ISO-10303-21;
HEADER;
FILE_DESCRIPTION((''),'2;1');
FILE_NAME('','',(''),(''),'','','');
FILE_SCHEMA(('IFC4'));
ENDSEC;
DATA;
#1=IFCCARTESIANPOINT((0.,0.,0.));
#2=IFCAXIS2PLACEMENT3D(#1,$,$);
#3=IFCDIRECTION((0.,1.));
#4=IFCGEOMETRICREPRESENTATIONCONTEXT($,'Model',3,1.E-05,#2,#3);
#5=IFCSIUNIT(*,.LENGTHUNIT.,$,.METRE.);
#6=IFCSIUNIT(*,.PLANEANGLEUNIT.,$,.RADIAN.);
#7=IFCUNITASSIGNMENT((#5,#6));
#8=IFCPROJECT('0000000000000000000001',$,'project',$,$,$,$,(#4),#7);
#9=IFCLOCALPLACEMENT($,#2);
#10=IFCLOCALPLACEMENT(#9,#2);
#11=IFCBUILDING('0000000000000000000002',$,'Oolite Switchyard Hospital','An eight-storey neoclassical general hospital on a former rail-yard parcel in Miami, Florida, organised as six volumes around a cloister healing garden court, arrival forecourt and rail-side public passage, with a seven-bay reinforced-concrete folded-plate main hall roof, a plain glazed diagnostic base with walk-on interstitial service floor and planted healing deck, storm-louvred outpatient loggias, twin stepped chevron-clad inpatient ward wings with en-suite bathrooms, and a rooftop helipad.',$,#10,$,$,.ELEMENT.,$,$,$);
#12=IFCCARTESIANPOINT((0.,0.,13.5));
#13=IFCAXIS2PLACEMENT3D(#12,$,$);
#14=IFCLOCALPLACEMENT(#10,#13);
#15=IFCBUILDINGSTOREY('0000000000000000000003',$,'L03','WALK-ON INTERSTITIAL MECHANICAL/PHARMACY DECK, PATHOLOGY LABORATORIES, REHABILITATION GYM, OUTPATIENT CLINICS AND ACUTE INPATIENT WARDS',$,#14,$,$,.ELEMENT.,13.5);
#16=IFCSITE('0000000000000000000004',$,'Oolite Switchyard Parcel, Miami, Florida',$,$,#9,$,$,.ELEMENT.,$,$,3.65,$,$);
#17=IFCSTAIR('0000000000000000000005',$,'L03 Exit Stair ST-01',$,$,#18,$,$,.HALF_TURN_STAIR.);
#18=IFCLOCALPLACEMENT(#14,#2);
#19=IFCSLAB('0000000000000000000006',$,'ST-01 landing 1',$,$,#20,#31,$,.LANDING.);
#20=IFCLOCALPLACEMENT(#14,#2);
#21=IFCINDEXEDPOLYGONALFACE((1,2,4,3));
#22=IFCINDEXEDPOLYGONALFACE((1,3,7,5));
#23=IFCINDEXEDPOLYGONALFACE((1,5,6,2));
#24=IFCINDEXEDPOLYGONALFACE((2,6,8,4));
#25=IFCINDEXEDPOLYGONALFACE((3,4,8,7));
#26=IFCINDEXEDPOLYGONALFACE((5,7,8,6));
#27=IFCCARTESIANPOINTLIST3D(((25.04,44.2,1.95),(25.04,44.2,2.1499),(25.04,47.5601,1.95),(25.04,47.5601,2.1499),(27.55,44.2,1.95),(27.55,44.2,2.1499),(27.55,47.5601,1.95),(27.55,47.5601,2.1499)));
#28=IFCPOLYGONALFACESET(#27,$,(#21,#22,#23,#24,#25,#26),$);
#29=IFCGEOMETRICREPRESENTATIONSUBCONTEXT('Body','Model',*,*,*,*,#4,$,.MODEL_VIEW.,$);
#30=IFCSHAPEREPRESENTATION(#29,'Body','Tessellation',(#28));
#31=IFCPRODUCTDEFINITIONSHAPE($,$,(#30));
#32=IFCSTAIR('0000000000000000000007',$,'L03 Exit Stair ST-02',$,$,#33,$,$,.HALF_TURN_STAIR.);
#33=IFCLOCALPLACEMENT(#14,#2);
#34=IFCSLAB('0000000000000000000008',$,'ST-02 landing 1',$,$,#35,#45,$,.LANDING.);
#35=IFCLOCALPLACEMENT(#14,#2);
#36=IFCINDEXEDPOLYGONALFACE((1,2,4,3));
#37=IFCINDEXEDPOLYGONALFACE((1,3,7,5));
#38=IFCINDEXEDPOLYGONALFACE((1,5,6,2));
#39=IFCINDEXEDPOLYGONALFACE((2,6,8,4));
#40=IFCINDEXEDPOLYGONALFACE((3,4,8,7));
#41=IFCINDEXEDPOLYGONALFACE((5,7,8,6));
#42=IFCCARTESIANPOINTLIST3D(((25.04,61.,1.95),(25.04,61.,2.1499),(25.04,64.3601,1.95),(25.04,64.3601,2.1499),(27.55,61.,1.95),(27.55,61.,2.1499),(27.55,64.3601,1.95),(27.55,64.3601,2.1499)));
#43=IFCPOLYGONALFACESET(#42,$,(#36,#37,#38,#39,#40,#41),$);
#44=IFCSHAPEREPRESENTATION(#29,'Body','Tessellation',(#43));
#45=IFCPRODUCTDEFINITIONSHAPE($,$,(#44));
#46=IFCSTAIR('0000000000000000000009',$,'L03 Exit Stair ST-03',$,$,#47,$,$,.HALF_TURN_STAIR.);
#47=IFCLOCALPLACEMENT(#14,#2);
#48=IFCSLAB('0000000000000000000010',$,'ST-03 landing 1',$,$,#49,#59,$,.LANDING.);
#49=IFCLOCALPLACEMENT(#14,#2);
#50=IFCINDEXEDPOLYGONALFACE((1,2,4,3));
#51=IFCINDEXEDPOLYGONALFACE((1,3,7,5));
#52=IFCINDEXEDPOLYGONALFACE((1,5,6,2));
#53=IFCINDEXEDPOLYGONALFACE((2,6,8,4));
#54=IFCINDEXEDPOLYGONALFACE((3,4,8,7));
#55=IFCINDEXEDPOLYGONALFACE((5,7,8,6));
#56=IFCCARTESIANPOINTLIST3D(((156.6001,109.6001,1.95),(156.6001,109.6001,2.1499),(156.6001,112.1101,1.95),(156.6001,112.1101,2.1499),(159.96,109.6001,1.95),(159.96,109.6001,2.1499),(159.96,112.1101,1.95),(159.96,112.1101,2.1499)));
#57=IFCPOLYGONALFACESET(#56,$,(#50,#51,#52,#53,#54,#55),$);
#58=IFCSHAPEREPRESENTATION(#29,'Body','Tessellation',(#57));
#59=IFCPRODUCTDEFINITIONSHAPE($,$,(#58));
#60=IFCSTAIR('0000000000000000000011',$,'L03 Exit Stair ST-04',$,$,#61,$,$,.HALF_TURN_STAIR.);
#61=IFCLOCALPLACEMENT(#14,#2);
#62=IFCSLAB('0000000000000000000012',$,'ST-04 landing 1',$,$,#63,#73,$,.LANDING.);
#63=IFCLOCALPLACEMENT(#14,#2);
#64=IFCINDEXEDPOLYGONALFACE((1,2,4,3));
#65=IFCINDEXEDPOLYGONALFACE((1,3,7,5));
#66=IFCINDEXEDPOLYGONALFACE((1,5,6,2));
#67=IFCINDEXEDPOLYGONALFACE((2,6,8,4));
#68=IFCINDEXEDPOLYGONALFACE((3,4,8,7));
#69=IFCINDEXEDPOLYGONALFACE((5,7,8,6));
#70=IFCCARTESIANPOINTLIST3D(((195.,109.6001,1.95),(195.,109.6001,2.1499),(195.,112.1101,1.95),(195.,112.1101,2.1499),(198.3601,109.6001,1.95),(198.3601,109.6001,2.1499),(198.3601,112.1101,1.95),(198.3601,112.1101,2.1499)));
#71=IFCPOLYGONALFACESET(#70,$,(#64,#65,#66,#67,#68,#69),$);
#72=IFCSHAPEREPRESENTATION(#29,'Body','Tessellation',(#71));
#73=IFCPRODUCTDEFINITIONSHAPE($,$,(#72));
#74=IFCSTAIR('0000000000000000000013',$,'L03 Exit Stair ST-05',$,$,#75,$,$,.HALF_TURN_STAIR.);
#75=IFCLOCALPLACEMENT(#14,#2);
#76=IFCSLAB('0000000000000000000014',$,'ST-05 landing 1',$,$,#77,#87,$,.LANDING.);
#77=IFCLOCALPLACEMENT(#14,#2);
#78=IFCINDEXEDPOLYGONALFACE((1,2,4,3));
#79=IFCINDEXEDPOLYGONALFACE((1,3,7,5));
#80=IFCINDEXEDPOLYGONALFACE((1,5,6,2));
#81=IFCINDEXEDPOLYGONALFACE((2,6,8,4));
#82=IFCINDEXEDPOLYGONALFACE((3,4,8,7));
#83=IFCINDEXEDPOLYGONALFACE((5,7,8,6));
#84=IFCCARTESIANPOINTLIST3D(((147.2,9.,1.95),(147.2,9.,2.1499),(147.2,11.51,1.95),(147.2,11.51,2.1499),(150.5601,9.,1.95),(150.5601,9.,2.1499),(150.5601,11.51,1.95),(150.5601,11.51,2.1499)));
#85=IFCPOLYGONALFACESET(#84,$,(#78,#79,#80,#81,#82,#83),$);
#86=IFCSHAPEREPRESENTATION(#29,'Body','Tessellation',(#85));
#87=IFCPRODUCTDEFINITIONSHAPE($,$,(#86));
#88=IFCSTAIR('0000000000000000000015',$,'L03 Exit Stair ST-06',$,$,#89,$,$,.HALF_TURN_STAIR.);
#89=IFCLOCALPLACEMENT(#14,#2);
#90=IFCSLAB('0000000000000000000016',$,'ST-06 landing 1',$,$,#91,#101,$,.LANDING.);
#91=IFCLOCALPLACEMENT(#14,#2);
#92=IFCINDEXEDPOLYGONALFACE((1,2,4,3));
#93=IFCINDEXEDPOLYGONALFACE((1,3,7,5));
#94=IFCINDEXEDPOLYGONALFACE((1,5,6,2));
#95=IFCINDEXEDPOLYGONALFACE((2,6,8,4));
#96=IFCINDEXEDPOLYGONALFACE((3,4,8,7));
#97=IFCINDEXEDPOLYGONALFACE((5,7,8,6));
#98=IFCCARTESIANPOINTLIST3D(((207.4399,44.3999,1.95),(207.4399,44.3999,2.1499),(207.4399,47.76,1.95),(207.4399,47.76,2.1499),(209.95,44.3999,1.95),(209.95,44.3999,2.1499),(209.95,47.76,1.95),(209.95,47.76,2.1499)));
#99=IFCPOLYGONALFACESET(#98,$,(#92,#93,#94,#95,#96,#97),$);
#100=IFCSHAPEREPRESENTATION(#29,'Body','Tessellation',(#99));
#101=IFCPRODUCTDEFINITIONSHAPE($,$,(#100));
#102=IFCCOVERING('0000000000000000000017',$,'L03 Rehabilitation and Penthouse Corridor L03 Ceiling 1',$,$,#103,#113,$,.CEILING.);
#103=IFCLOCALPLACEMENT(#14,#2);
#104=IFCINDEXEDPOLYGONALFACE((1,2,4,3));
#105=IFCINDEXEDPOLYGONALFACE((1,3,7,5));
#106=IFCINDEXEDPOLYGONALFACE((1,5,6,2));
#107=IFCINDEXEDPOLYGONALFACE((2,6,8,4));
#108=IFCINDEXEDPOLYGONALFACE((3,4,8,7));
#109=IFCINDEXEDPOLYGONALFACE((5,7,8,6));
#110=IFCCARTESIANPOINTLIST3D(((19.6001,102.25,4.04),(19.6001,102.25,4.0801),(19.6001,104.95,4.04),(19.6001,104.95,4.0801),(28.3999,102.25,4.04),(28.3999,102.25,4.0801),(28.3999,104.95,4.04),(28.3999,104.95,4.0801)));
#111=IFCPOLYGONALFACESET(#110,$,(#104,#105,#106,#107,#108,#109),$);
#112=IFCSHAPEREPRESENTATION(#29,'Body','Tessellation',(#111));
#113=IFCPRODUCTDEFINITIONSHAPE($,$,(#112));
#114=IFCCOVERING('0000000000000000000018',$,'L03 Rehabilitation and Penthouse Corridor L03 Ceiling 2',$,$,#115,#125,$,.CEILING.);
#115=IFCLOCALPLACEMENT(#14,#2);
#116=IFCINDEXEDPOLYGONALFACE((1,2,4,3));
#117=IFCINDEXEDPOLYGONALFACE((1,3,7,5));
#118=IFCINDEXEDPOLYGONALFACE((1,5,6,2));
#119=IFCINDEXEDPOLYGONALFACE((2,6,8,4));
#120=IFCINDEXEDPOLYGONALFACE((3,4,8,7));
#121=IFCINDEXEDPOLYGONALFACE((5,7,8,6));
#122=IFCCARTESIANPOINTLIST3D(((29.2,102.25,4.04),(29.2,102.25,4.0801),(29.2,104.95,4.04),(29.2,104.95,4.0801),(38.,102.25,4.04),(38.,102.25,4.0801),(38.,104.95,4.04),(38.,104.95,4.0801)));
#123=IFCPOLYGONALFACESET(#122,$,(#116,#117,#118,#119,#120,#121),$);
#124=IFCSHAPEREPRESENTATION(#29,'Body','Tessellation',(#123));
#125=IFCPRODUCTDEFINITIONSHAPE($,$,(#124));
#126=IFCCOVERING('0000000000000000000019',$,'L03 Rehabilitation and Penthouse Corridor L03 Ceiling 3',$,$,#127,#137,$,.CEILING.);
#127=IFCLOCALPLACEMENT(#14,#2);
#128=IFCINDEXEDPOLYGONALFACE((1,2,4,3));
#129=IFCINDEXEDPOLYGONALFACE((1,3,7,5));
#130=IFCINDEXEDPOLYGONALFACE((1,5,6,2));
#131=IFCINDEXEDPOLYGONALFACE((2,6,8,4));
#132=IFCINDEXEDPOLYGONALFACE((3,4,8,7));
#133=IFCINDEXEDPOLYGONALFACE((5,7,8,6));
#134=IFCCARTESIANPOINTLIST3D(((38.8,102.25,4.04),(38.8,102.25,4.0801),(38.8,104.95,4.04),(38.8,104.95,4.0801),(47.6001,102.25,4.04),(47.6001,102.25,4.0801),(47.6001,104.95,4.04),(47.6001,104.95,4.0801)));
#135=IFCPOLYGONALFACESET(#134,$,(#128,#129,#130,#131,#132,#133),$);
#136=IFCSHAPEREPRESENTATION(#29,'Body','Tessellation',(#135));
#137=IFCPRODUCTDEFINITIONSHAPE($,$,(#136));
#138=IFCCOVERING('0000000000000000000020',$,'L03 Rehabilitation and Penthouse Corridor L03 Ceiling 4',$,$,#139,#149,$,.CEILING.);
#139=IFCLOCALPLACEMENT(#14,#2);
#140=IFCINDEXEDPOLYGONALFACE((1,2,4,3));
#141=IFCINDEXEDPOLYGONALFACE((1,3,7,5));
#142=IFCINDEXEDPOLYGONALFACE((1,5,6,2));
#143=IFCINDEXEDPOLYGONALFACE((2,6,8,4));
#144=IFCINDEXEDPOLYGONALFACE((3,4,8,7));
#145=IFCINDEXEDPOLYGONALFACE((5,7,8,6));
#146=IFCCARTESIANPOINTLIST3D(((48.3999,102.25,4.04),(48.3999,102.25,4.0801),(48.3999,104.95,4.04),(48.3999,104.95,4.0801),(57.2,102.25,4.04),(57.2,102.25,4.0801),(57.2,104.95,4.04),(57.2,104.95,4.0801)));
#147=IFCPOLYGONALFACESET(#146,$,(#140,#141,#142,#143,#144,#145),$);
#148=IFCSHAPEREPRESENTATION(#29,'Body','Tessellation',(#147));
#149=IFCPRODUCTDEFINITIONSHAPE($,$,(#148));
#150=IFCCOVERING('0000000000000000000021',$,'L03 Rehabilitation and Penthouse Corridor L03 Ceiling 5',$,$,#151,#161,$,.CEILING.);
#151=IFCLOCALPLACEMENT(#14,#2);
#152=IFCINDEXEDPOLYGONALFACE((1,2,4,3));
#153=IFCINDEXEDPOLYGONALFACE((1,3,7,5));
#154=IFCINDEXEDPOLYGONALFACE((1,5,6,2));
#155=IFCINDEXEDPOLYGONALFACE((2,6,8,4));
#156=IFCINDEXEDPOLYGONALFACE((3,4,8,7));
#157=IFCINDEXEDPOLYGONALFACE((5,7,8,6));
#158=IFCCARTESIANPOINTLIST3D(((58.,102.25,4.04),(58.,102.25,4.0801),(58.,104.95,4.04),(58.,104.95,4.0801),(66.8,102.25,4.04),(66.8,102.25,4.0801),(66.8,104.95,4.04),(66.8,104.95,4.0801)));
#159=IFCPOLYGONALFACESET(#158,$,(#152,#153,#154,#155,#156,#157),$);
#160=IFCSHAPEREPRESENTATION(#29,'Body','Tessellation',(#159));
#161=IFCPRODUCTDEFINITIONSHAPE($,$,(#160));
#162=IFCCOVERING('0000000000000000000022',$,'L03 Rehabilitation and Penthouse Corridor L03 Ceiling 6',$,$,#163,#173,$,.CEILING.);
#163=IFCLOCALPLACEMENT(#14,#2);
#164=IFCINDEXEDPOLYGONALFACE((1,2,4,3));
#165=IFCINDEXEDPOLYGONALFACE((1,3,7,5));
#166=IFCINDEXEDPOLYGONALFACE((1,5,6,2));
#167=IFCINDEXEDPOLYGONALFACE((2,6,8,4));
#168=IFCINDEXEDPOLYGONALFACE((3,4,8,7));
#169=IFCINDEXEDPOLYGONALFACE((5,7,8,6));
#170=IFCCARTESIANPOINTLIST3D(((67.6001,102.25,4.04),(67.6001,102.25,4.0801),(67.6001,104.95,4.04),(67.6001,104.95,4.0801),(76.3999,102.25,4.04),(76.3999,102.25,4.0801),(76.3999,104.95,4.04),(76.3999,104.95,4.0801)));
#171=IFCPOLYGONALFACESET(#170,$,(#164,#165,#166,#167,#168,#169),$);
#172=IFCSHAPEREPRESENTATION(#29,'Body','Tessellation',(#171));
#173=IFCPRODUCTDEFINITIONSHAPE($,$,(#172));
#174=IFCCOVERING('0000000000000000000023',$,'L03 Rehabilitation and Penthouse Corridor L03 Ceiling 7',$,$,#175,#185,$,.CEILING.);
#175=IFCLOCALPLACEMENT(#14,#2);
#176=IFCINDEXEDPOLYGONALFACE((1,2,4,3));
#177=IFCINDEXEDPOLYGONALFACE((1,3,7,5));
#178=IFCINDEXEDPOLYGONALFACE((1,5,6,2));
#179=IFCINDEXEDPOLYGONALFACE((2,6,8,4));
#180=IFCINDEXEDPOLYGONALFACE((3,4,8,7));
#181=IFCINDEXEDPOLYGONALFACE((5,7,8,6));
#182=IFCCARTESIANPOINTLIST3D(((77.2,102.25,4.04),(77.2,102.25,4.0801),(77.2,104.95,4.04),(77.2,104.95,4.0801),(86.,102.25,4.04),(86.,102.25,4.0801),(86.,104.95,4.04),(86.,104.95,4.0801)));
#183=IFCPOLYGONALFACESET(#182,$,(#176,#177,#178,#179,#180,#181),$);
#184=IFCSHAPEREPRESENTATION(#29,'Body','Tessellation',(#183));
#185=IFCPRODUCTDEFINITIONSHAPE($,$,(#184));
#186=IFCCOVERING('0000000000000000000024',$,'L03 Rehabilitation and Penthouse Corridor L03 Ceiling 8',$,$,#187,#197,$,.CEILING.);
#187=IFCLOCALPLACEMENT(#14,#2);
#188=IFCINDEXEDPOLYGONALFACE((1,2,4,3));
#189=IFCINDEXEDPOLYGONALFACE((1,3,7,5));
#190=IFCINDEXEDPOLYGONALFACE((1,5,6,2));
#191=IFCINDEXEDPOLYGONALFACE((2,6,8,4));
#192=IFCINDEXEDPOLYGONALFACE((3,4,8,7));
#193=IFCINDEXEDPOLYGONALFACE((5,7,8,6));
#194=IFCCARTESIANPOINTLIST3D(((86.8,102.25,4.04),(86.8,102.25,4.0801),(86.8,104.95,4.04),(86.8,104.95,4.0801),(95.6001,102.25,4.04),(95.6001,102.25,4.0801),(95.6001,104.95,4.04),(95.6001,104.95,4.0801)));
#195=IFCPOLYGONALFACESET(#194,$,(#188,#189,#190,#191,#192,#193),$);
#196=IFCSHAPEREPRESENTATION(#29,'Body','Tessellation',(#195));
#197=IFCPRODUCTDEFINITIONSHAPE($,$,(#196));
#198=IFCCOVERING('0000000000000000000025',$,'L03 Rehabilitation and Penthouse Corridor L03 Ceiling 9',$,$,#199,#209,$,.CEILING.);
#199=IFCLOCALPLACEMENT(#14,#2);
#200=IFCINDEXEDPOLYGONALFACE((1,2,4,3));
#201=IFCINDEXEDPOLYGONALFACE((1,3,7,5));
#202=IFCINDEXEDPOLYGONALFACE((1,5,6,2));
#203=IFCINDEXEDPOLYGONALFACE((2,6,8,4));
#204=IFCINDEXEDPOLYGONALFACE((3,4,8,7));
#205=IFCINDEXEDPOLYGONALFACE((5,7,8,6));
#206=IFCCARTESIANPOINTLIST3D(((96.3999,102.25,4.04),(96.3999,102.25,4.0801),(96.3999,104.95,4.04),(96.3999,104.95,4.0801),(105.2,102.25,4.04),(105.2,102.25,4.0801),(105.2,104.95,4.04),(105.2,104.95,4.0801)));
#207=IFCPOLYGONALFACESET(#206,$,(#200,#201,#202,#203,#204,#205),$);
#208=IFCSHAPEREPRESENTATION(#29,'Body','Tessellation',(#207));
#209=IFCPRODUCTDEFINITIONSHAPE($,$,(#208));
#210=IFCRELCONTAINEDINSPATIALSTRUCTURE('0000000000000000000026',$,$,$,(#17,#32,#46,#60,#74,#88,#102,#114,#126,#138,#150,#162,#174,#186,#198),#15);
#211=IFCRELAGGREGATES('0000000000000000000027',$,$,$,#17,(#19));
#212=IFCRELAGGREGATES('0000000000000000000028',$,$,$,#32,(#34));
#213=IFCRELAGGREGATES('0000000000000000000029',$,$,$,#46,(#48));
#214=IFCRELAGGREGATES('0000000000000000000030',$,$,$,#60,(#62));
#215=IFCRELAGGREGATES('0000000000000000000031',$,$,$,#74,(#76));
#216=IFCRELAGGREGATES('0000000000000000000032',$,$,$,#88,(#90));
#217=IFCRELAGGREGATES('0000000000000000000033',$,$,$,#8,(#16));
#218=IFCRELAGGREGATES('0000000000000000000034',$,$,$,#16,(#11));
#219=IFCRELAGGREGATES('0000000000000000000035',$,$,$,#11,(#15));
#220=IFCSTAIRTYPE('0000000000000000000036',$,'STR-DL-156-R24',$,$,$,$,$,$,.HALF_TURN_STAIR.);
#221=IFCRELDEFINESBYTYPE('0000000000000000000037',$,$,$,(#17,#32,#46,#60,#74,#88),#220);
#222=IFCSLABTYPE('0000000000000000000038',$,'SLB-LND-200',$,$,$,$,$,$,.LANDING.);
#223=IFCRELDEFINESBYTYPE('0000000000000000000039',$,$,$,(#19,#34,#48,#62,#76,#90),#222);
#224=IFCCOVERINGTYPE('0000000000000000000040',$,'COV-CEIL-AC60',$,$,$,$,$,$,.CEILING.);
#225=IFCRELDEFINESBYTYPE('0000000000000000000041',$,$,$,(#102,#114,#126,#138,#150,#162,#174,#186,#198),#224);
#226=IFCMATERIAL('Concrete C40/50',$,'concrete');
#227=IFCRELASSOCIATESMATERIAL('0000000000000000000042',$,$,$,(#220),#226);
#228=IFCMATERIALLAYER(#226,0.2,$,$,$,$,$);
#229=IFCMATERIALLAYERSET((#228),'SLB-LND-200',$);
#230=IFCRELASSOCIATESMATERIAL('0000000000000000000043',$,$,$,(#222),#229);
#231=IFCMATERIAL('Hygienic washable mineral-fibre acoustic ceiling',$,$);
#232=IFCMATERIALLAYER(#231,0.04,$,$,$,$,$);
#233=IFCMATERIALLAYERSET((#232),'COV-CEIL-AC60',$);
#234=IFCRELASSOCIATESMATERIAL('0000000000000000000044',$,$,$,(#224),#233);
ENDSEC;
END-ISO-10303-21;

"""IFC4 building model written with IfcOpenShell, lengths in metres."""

from ifc_helpers import new_model, si_unit, direction, frame, origin, place, context, subcontext, project, spatial, polyline, outline, extrude, material, layer, layer_set, type_object, element, aggregate, save


model = new_model("IFC4")

# Units and contexts
model_context = context("Model", 3, precision=1e-05, world=origin(), true_north=direction((0.0, 1.0)))
body_context = subcontext(model_context, "Body", "Model", "MODEL_VIEW")
ifc_project = project(units=[si_unit("LENGTHUNIT", "METRE"), si_unit("PLANEANGLEUNIT", "RADIAN")], contexts=[model_context])

# Site, building, storey
site_placement = place(None, origin())
site = spatial("IfcSite", under=ifc_project, at=site_placement, Name="Oolite Switchyard Parcel, Miami, Florida", CompositionType="ELEMENT", RefElevation=3.65)
building_placement = place(site_placement, origin())
building = spatial("IfcBuilding", under=site, at=building_placement, Name="Oolite Switchyard Hospital", Description="An eight-storey neoclassical general hospital on a former rail-yard parcel in Miami, Florida, organised as six volumes around a cloister healing garden court, arrival forecourt and rail-side public passage, with a seven-bay reinforced-concrete folded-plate main hall roof, a plain glazed diagnostic base with walk-on interstitial service floor and planted healing deck, storm-louvred outpatient loggias, twin stepped chevron-clad inpatient ward wings with en-suite bathrooms, and a rooftop helipad.", CompositionType="ELEMENT")
storey_placement = place(building_placement, frame((0.0, 0.0, 13.5)))
storey = spatial("IfcBuildingStorey", under=building, at=storey_placement, Name="L03", Description="WALK-ON INTERSTITIAL MECHANICAL/PHARMACY DECK, PATHOLOGY LABORATORIES, REHABILITATION GYM, OUTPATIENT CLINICS AND ACUTE INPATIENT WARDS", CompositionType="ELEMENT", Elevation=13.5)

# Stairs, slabs
ifc_material_1 = material(Name="Concrete C40/50", Category="concrete")
stair_type = type_object("IfcStairType", Name="STR-DL-156-R24", PredefinedType="HALF_TURN_STAIR", material=ifc_material_1)
stair_1_placement = place(storey_placement, origin())
stair_1 = element("IfcStair", 1, at=stair_1_placement, inside=storey, type_object=stair_type, Name="L03 Exit Stair ST-01", PredefinedType="HALF_TURN_STAIR")
ifc_layer_1 = layer(ifc_material_1, 0.2)
ifc_layer_set_1 = layer_set([ifc_layer_1], Name="SLB-LND-200")
slab_type = type_object("IfcSlabType", Name="SLB-LND-200", PredefinedType="LANDING", material=ifc_layer_set_1)
slab_1_placement = place(storey_placement, frame((0.0, 0.0, 1.95)))
slab_1 = element("IfcSlab", 2, at=slab_1_placement, type_object=slab_type, Name="ST-01 landing 1", PredefinedType="LANDING", context=body_context, shape_type="SweptSolid", body=[
    extrude(outline(polyline([(25.04, 44.2), (27.55, 44.2), (27.55, 47.5601), (25.04, 47.5601), (25.04, 44.2)])), origin(), (0.0, 0.0, 1.0), 0.2),
])
aggregate(stair_1, [slab_1])
stair_2_placement = place(storey_placement, origin())
stair_2 = element("IfcStair", 3, at=stair_2_placement, inside=storey, type_object=stair_type, Name="L03 Exit Stair ST-02", PredefinedType="HALF_TURN_STAIR")
slab_2_placement = place(storey_placement, frame((0.0, 0.0, 1.95)))
slab_2 = element("IfcSlab", 4, at=slab_2_placement, type_object=slab_type, Name="ST-02 landing 1", PredefinedType="LANDING", context=body_context, shape_type="SweptSolid", body=[
    extrude(outline(polyline([(25.04, 61.0), (27.55, 61.0), (27.55, 64.3601), (25.04, 64.3601), (25.04, 61.0)])), origin(), (0.0, 0.0, 1.0), 0.2),
])
aggregate(stair_2, [slab_2])
stair_3_placement = place(storey_placement, origin())
stair_3 = element("IfcStair", 5, at=stair_3_placement, inside=storey, type_object=stair_type, Name="L03 Exit Stair ST-03", PredefinedType="HALF_TURN_STAIR")
slab_3_placement = place(storey_placement, frame((0.0, 0.0, 1.95)))
slab_3 = element("IfcSlab", 6, at=slab_3_placement, type_object=slab_type, Name="ST-03 landing 1", PredefinedType="LANDING", context=body_context, shape_type="SweptSolid", body=[
    extrude(outline(polyline([(156.6001, 112.1101), (156.6001, 109.6001), (159.96, 109.6001), (159.96, 112.1101), (156.6001, 112.1101)])), origin(), (0.0, 0.0, 1.0), 0.2),
])
aggregate(stair_3, [slab_3])
stair_4_placement = place(storey_placement, origin())
stair_4 = element("IfcStair", 7, at=stair_4_placement, inside=storey, type_object=stair_type, Name="L03 Exit Stair ST-04", PredefinedType="HALF_TURN_STAIR")
slab_4_placement = place(storey_placement, frame((0.0, 0.0, 1.95)))
slab_4 = element("IfcSlab", 8, at=slab_4_placement, type_object=slab_type, Name="ST-04 landing 1", PredefinedType="LANDING", context=body_context, shape_type="SweptSolid", body=[
    extrude(outline(polyline([(195.0, 112.1101), (195.0, 109.6001), (198.3601, 109.6001), (198.3601, 112.1101), (195.0, 112.1101)])), origin(), (0.0, 0.0, 1.0), 0.2),
])
aggregate(stair_4, [slab_4])
stair_5_placement = place(storey_placement, origin())
stair_5 = element("IfcStair", 9, at=stair_5_placement, inside=storey, type_object=stair_type, Name="L03 Exit Stair ST-05", PredefinedType="HALF_TURN_STAIR")
slab_5_placement = place(storey_placement, frame((0.0, 0.0, 1.95)))
slab_5 = element("IfcSlab", 10, at=slab_5_placement, type_object=slab_type, Name="ST-05 landing 1", PredefinedType="LANDING", context=body_context, shape_type="SweptSolid", body=[
    extrude(outline(polyline([(147.2, 11.51), (147.2, 9.0), (150.5601, 9.0), (150.5601, 11.51), (147.2, 11.51)])), origin(), (0.0, 0.0, 1.0), 0.2),
])
aggregate(stair_5, [slab_5])
stair_6_placement = place(storey_placement, origin())
stair_6 = element("IfcStair", 11, at=stair_6_placement, inside=storey, type_object=stair_type, Name="L03 Exit Stair ST-06", PredefinedType="HALF_TURN_STAIR")
slab_6_placement = place(storey_placement, frame((0.0, 0.0, 1.95)))
slab_6 = element("IfcSlab", 12, at=slab_6_placement, type_object=slab_type, Name="ST-06 landing 1", PredefinedType="LANDING", context=body_context, shape_type="SweptSolid", body=[
    extrude(outline(polyline([(207.4399, 44.3999), (209.95, 44.3999), (209.95, 47.76), (207.4399, 47.76), (207.4399, 44.3999)])), origin(), (0.0, 0.0, 1.0), 0.2),
])
aggregate(stair_6, [slab_6])

# Coverings
ifc_material_2 = material(Name="Hygienic washable mineral-fibre acoustic ceiling")
ifc_layer_2 = layer(ifc_material_2, 0.04)
ifc_layer_set_2 = layer_set([ifc_layer_2], Name="COV-CEIL-AC60")
covering_type_1 = type_object("IfcCoveringType", Name="COV-CEIL-AC60", PredefinedType="CEILING", material=ifc_layer_set_2)
covering_1_placement = place(storey_placement, frame((0.0, 0.0, 4.04)))
element("IfcCovering", 13, at=covering_1_placement, inside=storey, type_object=covering_type_1, Name="L03 Rehabilitation and Penthouse Corridor L03 Ceiling 1", PredefinedType="CEILING", context=body_context, shape_type="SweptSolid", body=[
    extrude(outline(polyline([(19.6001, 102.25), (28.3999, 102.25), (28.3999, 104.95), (19.6001, 104.95), (19.6001, 102.25)])), origin(), (0.0, 0.0, 1.0), 0.04),
])
covering_2_placement = place(storey_placement, frame((0.0, 0.0, 4.04)))
element("IfcCovering", 14, at=covering_2_placement, inside=storey, type_object=covering_type_1, Name="L03 Rehabilitation and Penthouse Corridor L03 Ceiling 2", PredefinedType="CEILING", context=body_context, shape_type="SweptSolid", body=[
    extrude(outline(polyline([(29.2, 102.25), (38.0, 102.25), (38.0, 104.95), (29.2, 104.95), (29.2, 102.25)])), origin(), (0.0, 0.0, 1.0), 0.04),
])
covering_3_placement = place(storey_placement, frame((0.0, 0.0, 4.04)))
element("IfcCovering", 15, at=covering_3_placement, inside=storey, type_object=covering_type_1, Name="L03 Rehabilitation and Penthouse Corridor L03 Ceiling 3", PredefinedType="CEILING", context=body_context, shape_type="SweptSolid", body=[
    extrude(outline(polyline([(38.8, 102.25), (47.6001, 102.25), (47.6001, 104.95), (38.8, 104.95), (38.8, 102.25)])), origin(), (0.0, 0.0, 1.0), 0.04),
])
covering_4_placement = place(storey_placement, frame((0.0, 0.0, 4.04)))
element("IfcCovering", 16, at=covering_4_placement, inside=storey, type_object=covering_type_1, Name="L03 Rehabilitation and Penthouse Corridor L03 Ceiling 4", PredefinedType="CEILING", context=body_context, shape_type="SweptSolid", body=[
    extrude(outline(polyline([(48.3999, 102.25), (57.2, 102.25), (57.2, 104.95), (48.3999, 104.95), (48.3999, 102.25)])), origin(), (0.0, 0.0, 1.0), 0.04),
])
covering_5_placement = place(storey_placement, frame((0.0, 0.0, 4.04)))
element("IfcCovering", 17, at=covering_5_placement, inside=storey, type_object=covering_type_1, Name="L03 Rehabilitation and Penthouse Corridor L03 Ceiling 5", PredefinedType="CEILING", context=body_context, shape_type="SweptSolid", body=[
    extrude(outline(polyline([(58.0, 102.25), (66.8, 102.25), (66.8, 104.95), (58.0, 104.95), (58.0, 102.25)])), origin(), (0.0, 0.0, 1.0), 0.04),
])
covering_6_placement = place(storey_placement, frame((0.0, 0.0, 4.04)))
element("IfcCovering", 18, at=covering_6_placement, inside=storey, type_object=covering_type_1, Name="L03 Rehabilitation and Penthouse Corridor L03 Ceiling 6", PredefinedType="CEILING", context=body_context, shape_type="SweptSolid", body=[
    extrude(outline(polyline([(67.6001, 102.25), (76.3999, 102.25), (76.3999, 104.95), (67.6001, 104.95), (67.6001, 102.25)])), origin(), (0.0, 0.0, 1.0), 0.04),
])
covering_7_placement = place(storey_placement, frame((0.0, 0.0, 4.04)))
element("IfcCovering", 19, at=covering_7_placement, inside=storey, type_object=covering_type_1, Name="L03 Rehabilitation and Penthouse Corridor L03 Ceiling 7", PredefinedType="CEILING", context=body_context, shape_type="SweptSolid", body=[
    extrude(outline(polyline([(77.2, 102.25), (86.0, 102.25), (86.0, 104.95), (77.2, 104.95), (77.2, 102.25)])), origin(), (0.0, 0.0, 1.0), 0.04),
])
covering_8_placement = place(storey_placement, frame((0.0, 0.0, 4.04)))
element("IfcCovering", 20, at=covering_8_placement, inside=storey, type_object=covering_type_1, Name="L03 Rehabilitation and Penthouse Corridor L03 Ceiling 8", PredefinedType="CEILING", context=body_context, shape_type="SweptSolid", body=[
    extrude(outline(polyline([(86.8, 102.25), (95.6001, 102.25), (95.6001, 104.95), (86.8, 104.95), (86.8, 102.25)])), origin(), (0.0, 0.0, 1.0), 0.04),
])
covering_9_placement = place(storey_placement, frame((0.0, 0.0, 4.04)))
element("IfcCovering", 21, at=covering_9_placement, inside=storey, type_object=covering_type_1, Name="L03 Rehabilitation and Penthouse Corridor L03 Ceiling 9", PredefinedType="CEILING", context=body_context, shape_type="SweptSolid", body=[
    extrude(outline(polyline([(96.3999, 102.25), (105.2, 102.25), (105.2, 104.95), (96.3999, 104.95), (96.3999, 102.25)])), origin(), (0.0, 0.0, 1.0), 0.04),
])

save(model, "model.ifc")
